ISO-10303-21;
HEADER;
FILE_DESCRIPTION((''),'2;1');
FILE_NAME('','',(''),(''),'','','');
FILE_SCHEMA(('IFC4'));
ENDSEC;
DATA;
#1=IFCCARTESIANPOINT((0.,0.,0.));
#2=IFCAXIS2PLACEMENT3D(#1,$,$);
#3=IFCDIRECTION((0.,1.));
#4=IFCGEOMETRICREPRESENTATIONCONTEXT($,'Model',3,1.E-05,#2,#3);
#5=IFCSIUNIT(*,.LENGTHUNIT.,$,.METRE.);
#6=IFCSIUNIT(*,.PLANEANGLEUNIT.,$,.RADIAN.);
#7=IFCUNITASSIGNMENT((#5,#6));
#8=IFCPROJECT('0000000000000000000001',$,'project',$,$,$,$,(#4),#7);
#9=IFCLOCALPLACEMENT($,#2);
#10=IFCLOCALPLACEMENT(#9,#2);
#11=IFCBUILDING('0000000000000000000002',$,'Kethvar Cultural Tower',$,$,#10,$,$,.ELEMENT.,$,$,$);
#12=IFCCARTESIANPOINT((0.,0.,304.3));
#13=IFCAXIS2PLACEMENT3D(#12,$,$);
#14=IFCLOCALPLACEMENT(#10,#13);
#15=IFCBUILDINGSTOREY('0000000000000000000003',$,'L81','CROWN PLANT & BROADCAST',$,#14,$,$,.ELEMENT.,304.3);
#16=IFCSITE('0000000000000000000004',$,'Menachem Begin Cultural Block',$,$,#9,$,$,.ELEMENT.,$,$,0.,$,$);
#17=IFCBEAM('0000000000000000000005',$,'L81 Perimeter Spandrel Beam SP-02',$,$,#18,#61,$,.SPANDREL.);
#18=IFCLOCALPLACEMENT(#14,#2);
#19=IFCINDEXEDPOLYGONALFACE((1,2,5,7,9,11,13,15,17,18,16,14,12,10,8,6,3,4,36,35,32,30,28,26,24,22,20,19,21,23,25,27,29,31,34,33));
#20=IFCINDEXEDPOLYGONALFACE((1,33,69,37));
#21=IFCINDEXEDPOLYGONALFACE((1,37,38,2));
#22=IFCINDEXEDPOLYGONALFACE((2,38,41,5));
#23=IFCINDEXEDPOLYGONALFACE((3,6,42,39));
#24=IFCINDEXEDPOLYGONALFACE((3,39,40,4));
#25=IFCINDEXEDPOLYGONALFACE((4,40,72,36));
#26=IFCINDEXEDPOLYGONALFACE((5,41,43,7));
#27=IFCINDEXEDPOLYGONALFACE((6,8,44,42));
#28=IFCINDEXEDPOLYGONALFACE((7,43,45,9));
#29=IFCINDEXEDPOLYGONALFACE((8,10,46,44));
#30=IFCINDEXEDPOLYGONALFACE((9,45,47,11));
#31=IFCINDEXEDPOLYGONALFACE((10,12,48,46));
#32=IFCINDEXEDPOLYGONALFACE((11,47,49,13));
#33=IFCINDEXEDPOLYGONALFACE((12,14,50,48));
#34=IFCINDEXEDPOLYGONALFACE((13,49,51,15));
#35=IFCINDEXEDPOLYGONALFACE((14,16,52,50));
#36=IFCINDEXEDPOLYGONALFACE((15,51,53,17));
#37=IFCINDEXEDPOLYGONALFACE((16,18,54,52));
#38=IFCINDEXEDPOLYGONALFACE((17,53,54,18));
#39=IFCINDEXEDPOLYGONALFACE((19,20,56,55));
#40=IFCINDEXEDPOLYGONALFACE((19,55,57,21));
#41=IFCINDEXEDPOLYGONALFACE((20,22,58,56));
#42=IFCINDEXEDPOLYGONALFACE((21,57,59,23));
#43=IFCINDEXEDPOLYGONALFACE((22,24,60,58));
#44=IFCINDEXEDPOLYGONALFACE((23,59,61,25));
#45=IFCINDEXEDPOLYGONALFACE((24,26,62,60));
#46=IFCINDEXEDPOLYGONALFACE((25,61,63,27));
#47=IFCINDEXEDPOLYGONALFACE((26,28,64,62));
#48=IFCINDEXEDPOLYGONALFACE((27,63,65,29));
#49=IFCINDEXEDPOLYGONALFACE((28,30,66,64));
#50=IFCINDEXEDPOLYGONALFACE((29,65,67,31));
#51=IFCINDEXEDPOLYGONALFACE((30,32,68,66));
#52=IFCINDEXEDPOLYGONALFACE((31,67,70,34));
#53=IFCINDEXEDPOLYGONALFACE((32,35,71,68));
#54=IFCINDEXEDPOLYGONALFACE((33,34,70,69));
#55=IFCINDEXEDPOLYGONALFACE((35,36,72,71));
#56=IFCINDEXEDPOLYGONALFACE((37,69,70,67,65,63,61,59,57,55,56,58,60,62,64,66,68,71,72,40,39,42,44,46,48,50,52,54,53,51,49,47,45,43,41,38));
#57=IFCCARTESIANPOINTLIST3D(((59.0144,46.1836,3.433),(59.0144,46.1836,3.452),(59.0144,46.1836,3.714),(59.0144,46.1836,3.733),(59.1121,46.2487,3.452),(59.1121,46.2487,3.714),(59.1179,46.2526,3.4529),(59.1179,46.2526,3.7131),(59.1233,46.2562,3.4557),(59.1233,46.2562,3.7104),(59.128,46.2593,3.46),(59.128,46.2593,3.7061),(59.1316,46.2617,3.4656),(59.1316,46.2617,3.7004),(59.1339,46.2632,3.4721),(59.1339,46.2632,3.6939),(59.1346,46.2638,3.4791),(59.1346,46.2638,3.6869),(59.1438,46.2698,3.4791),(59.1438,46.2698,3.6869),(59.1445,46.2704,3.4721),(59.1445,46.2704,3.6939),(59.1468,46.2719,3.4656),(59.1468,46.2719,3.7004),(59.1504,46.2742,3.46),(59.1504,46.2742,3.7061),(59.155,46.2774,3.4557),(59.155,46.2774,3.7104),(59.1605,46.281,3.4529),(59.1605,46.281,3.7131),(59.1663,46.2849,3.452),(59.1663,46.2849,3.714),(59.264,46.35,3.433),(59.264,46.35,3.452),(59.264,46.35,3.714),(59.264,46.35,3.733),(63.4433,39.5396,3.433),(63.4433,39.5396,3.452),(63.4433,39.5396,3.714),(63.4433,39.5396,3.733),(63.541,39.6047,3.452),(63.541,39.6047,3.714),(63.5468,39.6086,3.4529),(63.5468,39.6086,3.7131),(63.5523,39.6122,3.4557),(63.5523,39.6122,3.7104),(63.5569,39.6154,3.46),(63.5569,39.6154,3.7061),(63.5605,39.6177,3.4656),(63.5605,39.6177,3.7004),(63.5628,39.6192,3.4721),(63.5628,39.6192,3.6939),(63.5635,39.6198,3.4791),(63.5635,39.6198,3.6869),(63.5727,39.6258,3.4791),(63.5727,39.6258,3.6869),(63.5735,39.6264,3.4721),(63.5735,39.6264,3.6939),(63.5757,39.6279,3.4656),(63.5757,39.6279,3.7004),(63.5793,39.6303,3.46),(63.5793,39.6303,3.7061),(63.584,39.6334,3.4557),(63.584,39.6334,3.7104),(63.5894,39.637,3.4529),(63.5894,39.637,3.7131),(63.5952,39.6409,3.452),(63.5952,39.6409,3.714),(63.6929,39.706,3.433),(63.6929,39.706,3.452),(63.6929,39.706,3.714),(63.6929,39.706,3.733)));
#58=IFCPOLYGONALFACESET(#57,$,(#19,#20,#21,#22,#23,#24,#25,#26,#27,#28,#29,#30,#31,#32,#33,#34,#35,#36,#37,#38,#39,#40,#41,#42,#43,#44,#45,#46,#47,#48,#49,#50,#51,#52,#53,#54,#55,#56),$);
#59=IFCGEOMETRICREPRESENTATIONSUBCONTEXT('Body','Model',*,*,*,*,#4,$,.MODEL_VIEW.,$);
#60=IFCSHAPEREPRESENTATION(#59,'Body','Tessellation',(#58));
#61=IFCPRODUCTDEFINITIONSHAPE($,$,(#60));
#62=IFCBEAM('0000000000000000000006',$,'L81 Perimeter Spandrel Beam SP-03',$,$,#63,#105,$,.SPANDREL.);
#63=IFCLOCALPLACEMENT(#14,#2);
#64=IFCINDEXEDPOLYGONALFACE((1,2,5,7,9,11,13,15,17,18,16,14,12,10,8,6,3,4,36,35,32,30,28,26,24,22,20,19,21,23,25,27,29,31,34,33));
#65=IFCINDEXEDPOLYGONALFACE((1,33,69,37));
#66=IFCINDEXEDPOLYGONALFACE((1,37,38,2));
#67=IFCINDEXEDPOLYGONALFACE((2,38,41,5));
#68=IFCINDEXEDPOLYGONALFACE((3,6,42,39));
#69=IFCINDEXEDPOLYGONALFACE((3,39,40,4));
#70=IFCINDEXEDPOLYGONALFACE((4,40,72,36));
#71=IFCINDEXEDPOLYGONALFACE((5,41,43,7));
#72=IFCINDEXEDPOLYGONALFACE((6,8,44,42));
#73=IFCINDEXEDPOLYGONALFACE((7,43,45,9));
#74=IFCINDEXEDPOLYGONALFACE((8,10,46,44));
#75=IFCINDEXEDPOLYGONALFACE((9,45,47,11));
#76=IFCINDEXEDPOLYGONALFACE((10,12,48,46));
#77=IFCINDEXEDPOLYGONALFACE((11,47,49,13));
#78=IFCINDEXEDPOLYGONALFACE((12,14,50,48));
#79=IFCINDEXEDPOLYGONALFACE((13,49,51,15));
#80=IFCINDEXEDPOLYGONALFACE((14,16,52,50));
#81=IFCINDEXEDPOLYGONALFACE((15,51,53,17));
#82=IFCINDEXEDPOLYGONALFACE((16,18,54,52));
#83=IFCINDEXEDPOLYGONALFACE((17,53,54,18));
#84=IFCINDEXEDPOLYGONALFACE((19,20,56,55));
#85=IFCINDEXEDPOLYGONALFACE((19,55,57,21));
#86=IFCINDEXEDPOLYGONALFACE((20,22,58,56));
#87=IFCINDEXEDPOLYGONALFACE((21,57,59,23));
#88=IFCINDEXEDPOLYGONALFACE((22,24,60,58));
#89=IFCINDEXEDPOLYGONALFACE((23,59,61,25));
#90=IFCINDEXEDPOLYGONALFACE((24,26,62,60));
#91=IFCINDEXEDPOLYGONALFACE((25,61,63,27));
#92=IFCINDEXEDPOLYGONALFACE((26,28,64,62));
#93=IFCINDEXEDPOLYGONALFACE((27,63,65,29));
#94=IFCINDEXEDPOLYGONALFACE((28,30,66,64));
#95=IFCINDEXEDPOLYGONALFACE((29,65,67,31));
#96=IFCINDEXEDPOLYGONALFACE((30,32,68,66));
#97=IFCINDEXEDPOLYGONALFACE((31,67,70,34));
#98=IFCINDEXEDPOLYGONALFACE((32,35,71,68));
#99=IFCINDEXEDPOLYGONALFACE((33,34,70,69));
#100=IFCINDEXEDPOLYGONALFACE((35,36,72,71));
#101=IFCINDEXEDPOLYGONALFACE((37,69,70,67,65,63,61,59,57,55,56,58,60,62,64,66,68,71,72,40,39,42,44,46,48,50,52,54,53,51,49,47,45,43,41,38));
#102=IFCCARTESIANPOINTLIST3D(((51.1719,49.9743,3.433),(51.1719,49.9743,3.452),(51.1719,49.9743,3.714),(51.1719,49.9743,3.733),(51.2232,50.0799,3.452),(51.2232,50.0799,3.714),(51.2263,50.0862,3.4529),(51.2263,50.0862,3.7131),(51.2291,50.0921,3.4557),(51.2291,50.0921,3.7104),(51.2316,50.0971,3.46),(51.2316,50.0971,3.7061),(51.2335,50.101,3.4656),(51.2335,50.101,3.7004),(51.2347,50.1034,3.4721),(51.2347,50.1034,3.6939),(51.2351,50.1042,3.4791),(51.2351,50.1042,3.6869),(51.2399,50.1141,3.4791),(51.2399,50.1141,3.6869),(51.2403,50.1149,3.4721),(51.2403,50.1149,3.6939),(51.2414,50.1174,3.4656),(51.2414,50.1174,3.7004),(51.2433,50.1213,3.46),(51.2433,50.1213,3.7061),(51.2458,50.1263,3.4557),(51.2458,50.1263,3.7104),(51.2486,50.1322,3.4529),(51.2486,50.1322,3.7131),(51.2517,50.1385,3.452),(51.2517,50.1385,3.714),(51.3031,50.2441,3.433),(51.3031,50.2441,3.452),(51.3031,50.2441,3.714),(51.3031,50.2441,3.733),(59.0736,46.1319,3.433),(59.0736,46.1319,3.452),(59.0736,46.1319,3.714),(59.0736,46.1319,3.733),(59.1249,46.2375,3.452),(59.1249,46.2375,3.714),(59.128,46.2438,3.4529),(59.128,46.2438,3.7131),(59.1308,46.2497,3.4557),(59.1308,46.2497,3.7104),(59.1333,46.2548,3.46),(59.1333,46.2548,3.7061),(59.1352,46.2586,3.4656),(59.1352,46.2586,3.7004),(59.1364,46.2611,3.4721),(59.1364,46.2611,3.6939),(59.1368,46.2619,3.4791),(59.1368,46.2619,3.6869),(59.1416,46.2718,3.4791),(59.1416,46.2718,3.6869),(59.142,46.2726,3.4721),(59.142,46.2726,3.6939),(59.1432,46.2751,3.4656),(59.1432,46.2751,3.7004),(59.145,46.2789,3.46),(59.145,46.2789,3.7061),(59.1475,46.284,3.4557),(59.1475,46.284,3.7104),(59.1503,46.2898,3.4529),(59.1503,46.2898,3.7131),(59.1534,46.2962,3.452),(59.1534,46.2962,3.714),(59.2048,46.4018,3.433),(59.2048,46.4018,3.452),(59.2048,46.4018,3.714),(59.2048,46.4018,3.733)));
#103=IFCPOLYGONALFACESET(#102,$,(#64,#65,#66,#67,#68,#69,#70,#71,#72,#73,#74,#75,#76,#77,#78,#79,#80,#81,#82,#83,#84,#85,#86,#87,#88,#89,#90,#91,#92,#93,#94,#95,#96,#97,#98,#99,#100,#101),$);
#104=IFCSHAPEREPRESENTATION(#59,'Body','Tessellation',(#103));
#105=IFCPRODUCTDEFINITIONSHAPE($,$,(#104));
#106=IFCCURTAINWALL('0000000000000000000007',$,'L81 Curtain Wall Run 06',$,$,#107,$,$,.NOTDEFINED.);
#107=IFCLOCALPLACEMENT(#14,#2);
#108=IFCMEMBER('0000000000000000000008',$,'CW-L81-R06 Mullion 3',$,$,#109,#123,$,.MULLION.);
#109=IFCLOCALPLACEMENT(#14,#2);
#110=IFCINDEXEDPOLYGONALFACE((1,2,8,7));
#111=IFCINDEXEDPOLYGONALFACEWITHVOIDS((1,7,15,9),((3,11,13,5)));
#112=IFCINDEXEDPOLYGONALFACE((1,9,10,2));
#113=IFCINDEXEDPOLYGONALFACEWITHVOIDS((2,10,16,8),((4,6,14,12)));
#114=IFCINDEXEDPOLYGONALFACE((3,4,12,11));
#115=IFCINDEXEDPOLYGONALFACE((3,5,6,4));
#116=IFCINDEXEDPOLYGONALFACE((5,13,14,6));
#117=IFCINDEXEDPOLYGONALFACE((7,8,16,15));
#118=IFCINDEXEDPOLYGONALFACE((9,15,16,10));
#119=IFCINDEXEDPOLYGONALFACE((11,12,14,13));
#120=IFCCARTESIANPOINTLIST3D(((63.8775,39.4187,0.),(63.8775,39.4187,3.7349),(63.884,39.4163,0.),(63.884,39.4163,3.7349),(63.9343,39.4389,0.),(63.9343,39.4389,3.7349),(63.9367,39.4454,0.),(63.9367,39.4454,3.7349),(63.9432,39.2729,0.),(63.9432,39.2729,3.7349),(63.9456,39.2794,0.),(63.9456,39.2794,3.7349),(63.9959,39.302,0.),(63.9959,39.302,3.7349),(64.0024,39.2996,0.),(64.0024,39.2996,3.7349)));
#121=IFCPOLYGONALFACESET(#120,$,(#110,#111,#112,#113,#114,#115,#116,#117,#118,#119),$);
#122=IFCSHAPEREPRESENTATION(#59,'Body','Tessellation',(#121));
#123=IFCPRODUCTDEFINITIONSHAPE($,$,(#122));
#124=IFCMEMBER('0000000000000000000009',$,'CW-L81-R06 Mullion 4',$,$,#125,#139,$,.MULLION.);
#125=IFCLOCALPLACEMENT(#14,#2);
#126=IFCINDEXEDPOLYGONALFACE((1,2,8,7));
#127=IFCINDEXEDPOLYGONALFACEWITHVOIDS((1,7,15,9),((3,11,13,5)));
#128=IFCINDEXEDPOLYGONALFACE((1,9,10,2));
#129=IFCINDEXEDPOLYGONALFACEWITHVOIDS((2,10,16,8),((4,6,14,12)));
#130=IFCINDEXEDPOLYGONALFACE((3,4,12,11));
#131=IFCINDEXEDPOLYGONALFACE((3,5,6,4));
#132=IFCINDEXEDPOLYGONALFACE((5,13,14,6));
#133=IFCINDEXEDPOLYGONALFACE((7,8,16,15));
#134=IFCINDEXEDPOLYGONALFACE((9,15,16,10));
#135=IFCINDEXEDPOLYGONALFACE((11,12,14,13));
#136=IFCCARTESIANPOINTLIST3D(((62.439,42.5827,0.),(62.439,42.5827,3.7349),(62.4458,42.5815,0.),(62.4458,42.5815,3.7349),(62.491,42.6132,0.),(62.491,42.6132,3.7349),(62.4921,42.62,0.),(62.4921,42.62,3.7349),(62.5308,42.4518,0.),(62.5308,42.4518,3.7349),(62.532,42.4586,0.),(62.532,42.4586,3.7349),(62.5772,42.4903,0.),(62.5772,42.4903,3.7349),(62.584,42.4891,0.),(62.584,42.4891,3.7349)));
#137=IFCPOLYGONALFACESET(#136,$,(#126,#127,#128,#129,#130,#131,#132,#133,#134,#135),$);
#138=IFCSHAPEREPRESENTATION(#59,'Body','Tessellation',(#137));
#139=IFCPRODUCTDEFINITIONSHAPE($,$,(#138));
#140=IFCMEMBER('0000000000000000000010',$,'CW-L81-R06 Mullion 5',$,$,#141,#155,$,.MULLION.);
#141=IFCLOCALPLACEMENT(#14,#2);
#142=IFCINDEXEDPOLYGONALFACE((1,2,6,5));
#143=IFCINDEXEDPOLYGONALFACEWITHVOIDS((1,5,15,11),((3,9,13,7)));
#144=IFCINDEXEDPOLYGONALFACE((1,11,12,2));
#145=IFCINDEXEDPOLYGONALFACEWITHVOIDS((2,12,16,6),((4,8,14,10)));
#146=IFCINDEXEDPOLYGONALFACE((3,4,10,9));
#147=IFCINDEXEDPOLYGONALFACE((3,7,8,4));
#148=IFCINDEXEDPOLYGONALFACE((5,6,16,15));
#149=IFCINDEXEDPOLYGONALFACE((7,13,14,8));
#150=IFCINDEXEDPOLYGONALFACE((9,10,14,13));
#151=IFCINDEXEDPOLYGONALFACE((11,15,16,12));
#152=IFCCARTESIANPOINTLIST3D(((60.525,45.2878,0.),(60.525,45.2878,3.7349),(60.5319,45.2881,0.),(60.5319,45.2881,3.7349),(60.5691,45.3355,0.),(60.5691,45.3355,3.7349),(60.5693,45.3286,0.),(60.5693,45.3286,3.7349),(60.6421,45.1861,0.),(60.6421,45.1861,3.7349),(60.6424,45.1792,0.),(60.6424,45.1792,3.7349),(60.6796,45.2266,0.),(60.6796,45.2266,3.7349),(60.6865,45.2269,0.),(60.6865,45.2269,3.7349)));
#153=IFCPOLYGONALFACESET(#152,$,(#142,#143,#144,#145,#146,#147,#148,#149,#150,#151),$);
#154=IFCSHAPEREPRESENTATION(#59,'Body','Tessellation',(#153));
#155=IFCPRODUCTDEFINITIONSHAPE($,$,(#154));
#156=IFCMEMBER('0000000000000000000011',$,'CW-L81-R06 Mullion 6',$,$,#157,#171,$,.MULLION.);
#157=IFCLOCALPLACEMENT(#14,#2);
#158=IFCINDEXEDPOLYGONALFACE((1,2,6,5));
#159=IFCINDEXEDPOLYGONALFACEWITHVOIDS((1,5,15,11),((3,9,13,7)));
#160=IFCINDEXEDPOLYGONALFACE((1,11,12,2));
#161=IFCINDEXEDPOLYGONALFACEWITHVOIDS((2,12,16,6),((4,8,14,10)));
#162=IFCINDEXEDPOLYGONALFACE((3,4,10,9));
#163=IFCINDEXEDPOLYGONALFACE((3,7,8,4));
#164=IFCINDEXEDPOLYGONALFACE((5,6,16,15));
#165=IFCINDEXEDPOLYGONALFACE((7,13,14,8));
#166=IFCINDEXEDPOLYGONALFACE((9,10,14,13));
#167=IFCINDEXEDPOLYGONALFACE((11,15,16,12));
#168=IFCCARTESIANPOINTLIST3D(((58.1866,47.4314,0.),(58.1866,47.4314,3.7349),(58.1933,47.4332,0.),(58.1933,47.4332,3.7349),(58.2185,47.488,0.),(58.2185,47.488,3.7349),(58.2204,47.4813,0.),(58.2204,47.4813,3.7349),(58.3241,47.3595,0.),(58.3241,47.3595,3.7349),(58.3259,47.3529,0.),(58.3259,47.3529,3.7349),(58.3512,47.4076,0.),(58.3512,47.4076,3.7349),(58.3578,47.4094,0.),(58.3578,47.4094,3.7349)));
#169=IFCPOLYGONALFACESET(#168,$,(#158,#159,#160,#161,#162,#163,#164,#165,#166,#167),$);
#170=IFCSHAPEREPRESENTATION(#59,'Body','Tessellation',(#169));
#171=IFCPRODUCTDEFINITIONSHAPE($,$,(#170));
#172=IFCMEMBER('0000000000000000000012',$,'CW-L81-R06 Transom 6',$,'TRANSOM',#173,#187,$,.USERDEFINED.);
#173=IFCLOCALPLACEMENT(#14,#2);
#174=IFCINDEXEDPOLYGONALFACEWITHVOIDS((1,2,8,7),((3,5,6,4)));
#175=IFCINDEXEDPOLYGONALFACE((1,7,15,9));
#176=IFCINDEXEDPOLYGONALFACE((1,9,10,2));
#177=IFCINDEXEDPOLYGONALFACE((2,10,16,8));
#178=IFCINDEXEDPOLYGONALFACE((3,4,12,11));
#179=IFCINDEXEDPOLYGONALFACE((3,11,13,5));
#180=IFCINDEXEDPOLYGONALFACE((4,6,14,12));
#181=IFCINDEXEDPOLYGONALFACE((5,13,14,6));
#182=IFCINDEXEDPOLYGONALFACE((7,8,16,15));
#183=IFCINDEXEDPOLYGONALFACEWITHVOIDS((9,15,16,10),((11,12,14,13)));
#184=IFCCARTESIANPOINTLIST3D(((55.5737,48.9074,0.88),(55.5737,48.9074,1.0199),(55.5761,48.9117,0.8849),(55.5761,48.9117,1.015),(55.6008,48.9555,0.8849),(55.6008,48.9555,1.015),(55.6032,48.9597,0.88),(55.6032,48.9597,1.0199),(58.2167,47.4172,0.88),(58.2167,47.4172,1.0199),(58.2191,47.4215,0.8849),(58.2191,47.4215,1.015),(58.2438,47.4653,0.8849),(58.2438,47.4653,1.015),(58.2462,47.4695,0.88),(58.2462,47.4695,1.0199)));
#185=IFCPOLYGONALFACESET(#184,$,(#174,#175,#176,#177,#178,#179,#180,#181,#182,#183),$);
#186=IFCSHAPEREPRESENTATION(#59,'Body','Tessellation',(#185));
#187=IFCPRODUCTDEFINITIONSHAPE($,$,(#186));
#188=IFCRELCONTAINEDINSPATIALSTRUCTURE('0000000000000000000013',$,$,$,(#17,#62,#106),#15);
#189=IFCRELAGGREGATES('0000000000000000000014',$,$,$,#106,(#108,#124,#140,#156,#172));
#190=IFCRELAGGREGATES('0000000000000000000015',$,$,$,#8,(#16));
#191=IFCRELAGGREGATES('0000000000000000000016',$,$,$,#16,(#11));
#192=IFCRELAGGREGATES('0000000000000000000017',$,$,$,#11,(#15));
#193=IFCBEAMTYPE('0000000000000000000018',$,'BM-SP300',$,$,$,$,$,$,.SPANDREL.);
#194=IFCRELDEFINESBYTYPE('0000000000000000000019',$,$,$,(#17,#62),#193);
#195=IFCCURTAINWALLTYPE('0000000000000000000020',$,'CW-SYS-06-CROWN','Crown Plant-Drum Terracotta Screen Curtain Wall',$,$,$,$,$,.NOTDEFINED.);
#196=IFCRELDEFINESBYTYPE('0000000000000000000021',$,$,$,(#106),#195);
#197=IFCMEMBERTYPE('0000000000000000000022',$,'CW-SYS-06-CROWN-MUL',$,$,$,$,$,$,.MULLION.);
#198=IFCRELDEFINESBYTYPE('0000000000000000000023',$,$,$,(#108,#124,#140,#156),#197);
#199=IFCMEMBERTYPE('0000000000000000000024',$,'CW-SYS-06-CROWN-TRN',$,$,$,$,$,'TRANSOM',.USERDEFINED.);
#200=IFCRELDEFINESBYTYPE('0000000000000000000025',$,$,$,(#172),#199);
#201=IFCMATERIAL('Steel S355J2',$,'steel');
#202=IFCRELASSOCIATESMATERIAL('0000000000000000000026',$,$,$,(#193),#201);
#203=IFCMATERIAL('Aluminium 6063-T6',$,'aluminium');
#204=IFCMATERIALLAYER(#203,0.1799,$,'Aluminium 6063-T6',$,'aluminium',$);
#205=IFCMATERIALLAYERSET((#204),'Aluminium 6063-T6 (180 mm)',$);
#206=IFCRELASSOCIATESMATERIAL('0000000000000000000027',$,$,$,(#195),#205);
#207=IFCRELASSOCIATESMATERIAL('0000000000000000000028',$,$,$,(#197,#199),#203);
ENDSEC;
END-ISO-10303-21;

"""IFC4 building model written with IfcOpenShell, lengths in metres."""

from ifc_helpers import new_model, si_unit, direction, frame, origin, origin_2d, place, context, subcontext, project, spatial, hollow_rectangle, i_section, extrude, source, transform, mapped, material, layer, layer_set, material_profile, profile_set, type_object, element, aggregate, save


model = new_model("IFC4")

# Units and contexts
model_context = context("Model", 3, precision=1e-05, world=origin(), true_north=direction((0.0, 1.0)))
body_context = subcontext(model_context, "Body", "Model", "MODEL_VIEW")
ifc_project = project(units=[si_unit("LENGTHUNIT", "METRE"), si_unit("PLANEANGLEUNIT", "RADIAN")], contexts=[model_context])

# Site, building, storey
site_placement = place(None, origin())
site = spatial("IfcSite", under=ifc_project, at=site_placement, Name="Menachem Begin Cultural Block", CompositionType="ELEMENT", RefElevation=0.0)
building_placement = place(site_placement, origin())
building = spatial("IfcBuilding", under=site, at=building_placement, Name="Kethvar Cultural Tower", CompositionType="ELEMENT")
storey_placement = place(building_placement, frame((0.0, 0.0, 304.3)))
storey = spatial("IfcBuildingStorey", under=building, at=storey_placement, Name="L81", Description="CROWN PLANT & BROADCAST", CompositionType="ELEMENT", Elevation=304.3)

# Shared definitions
ifc_material_1 = material(Name="Steel S355J2", Category="steel")

# Beams
ifc_material_profile_1 = material_profile(ifc_material_1, i_section(OverallWidth=0.3, OverallDepth=0.3, WebThickness=0.011, FlangeThickness=0.019, FilletRadius=0.0271, at=origin_2d()), Name="Steel S355J2 — HEB300")
ifc_profile_set_1 = profile_set([ifc_material_profile_1], Name="Steel S355J2 — HEB300")
beam_type_1 = type_object("IfcBeamType", Name="BM-SP300", PredefinedType="SPANDREL", material=ifc_profile_set_1)
shared_shape_1 = source(origin(), body_context, "Body", "SweptSolid", [
    extrude(i_section(OverallWidth=0.3, OverallDepth=0.3, WebThickness=0.011, FlangeThickness=0.019, FilletRadius=0.0271, at=origin_2d()), origin(), (0.0, 0.0, 1.0), 7.9849),
])
beam_1_placement = place(storey_placement, frame((63.5681, 39.6228, 3.583), z_axis=(-0.554665, 0.832074, 0.0), x_axis=(-0.832074, -0.554665, 0.0)))
element("IfcBeam", 1, at=beam_1_placement, inside=storey, type_object=beam_type_1, Name="L81 Perimeter Spandrel Beam SP-02", PredefinedType="SPANDREL", context=body_context, shape_type="MappedRepresentation", body=[
    mapped(shared_shape_1, transform((0.0, 0.0, 0.0), scale=1.0)),
])
shared_shape_2 = source(origin(), body_context, "Body", "SweptSolid", [
    extrude(i_section(OverallWidth=0.3, OverallDepth=0.3, WebThickness=0.011, FlangeThickness=0.019, FilletRadius=0.0271, at=origin_2d()), origin(), (0.0, 0.0, 1.0), 8.7864),
])
beam_2_placement = place(storey_placement, frame((59.1392, 46.2668, 3.583), z_axis=(-0.899313, 0.437305, 0.0), x_axis=(-0.437305, -0.899313, 0.0)))
element("IfcBeam", 2, at=beam_2_placement, inside=storey, type_object=beam_type_1, Name="L81 Perimeter Spandrel Beam SP-03", PredefinedType="SPANDREL", context=body_context, shape_type="MappedRepresentation", body=[
    mapped(shared_shape_2, transform((0.0, 0.0, 0.0), scale=1.0)),
])

# Curtain wall, members
ifc_material_2 = material(Name="Aluminium 6063-T6", Category="aluminium")
ifc_layer_1 = layer(ifc_material_2, 0.1799, Name="Aluminium 6063-T6", Category="aluminium")
ifc_layer_set_1 = layer_set([ifc_layer_1], Name="Aluminium 6063-T6 (180 mm)")
curtain_wall_type = type_object("IfcCurtainWallType", Name="CW-SYS-06-CROWN", Description="Crown Plant-Drum Terracotta Screen Curtain Wall", PredefinedType="NOTDEFINED", material=ifc_layer_set_1)
curtain_wall_placement = place(storey_placement, origin())
curtain_wall = element("IfcCurtainWall", 3, at=curtain_wall_placement, inside=storey, type_object=curtain_wall_type, Name="L81 Curtain Wall Run 06", PredefinedType="NOTDEFINED")
ifc_material_profile_2 = material_profile(ifc_material_2, hollow_rectangle(XDim=0.0649, YDim=0.1599, WallThickness=0.0049, at=origin_2d()), Name="Aluminium 6063-T6 — RHS160x65x5")
ifc_profile_set_2 = profile_set([ifc_material_profile_2], Name="Aluminium 6063-T6 — RHS160x65x5")
member_type_1 = type_object("IfcMemberType", Name="CW-SYS-06-CROWN-MUL", PredefinedType="MULLION", material=ifc_profile_set_2)
shared_shape_3 = source(origin(), body_context, "Body", "SweptSolid", [
    extrude(hollow_rectangle(XDim=0.0649, YDim=0.1599, WallThickness=0.0049, at=origin_2d()), origin(), (0.0, 0.0, 1.0), 3.7349),
])
member_1_placement = place(storey_placement, frame((63.9399, 39.3591, 0.0), z_axis=(0.0, 0.0, 1.0), x_axis=(-0.911776, -0.410687, 0.0)))
member_1 = element("IfcMember", 4, at=member_1_placement, type_object=member_type_1, Name="CW-L81-R06 Mullion 3", PredefinedType="MULLION", context=body_context, shape_type="MappedRepresentation", body=[
    mapped(shared_shape_3, transform((0.0, 0.0, 0.0), scale=1.0)),
])
member_2_placement = place(storey_placement, frame((62.5115, 42.5359, 0.0), z_axis=(0.0, 0.0, 1.0), x_axis=(-0.818691, -0.574234, 0.0)))
member_2 = element("IfcMember", 5, at=member_2_placement, type_object=member_type_1, Name="CW-L81-R06 Mullion 4", PredefinedType="MULLION", context=body_context, shape_type="MappedRepresentation", body=[
    mapped(shared_shape_3, transform((0.0, 0.0, 0.0), scale=1.0)),
])
member_3_placement = place(storey_placement, frame((60.6057, 45.2573, 0.0), z_axis=(0.0, 0.0, 1.0), x_axis=(-0.679044, -0.734097, 0.0)))
member_3 = element("IfcMember", 6, at=member_3_placement, type_object=member_type_1, Name="CW-L81-R06 Mullion 5", PredefinedType="MULLION", context=body_context, shape_type="MappedRepresentation", body=[
    mapped(shared_shape_3, transform((0.0, 0.0, 0.0), scale=1.0)),
])
member_4_placement = place(storey_placement, frame((58.2722, 47.4204, 0.0), z_axis=(0.0, 0.0, 1.0), x_axis=(-0.491117, -0.871094, 0.0)))
member_4 = element("IfcMember", 7, at=member_4_placement, type_object=member_type_1, Name="CW-L81-R06 Mullion 6", PredefinedType="MULLION", context=body_context, shape_type="MappedRepresentation", body=[
    mapped(shared_shape_3, transform((0.0, 0.0, 0.0), scale=1.0)),
])
ifc_material_profile_3 = material_profile(ifc_material_2, hollow_rectangle(XDim=0.0601, YDim=0.1399, WallThickness=0.0049, at=origin_2d()), Name="Aluminium 6063-T6 — RHS140x60x5")
ifc_profile_set_3 = profile_set([ifc_material_profile_3], Name="Aluminium 6063-T6 — RHS140x60x5")
member_type_2 = type_object("IfcMemberType", Name="CW-SYS-06-CROWN-TRN", ElementType="TRANSOM", PredefinedType="USERDEFINED", material=ifc_profile_set_3)
shared_shape_4 = source(origin(), body_context, "Body", "SweptSolid", [
    extrude(hollow_rectangle(XDim=0.0601, YDim=0.1399, WallThickness=0.0049, at=origin_2d()), origin(), (0.0, 0.0, 1.0), 3.0342),
])
member_5_placement = place(storey_placement, frame((58.2314, 47.4434, 0.95), z_axis=(-0.871081, 0.49114, 0.0), x_axis=(-0.49114, -0.871081, 0.0)))
member_5 = element("IfcMember", 8, at=member_5_placement, type_object=member_type_2, Name="CW-L81-R06 Transom 6", ObjectType="TRANSOM", PredefinedType="USERDEFINED", context=body_context, shape_type="MappedRepresentation", body=[
    mapped(shared_shape_4, transform((0.0, 0.0, 0.0), scale=1.0)),
])
aggregate(curtain_wall, [member_1, member_2, member_3, member_4, member_5])

save(model, "model.ifc")
